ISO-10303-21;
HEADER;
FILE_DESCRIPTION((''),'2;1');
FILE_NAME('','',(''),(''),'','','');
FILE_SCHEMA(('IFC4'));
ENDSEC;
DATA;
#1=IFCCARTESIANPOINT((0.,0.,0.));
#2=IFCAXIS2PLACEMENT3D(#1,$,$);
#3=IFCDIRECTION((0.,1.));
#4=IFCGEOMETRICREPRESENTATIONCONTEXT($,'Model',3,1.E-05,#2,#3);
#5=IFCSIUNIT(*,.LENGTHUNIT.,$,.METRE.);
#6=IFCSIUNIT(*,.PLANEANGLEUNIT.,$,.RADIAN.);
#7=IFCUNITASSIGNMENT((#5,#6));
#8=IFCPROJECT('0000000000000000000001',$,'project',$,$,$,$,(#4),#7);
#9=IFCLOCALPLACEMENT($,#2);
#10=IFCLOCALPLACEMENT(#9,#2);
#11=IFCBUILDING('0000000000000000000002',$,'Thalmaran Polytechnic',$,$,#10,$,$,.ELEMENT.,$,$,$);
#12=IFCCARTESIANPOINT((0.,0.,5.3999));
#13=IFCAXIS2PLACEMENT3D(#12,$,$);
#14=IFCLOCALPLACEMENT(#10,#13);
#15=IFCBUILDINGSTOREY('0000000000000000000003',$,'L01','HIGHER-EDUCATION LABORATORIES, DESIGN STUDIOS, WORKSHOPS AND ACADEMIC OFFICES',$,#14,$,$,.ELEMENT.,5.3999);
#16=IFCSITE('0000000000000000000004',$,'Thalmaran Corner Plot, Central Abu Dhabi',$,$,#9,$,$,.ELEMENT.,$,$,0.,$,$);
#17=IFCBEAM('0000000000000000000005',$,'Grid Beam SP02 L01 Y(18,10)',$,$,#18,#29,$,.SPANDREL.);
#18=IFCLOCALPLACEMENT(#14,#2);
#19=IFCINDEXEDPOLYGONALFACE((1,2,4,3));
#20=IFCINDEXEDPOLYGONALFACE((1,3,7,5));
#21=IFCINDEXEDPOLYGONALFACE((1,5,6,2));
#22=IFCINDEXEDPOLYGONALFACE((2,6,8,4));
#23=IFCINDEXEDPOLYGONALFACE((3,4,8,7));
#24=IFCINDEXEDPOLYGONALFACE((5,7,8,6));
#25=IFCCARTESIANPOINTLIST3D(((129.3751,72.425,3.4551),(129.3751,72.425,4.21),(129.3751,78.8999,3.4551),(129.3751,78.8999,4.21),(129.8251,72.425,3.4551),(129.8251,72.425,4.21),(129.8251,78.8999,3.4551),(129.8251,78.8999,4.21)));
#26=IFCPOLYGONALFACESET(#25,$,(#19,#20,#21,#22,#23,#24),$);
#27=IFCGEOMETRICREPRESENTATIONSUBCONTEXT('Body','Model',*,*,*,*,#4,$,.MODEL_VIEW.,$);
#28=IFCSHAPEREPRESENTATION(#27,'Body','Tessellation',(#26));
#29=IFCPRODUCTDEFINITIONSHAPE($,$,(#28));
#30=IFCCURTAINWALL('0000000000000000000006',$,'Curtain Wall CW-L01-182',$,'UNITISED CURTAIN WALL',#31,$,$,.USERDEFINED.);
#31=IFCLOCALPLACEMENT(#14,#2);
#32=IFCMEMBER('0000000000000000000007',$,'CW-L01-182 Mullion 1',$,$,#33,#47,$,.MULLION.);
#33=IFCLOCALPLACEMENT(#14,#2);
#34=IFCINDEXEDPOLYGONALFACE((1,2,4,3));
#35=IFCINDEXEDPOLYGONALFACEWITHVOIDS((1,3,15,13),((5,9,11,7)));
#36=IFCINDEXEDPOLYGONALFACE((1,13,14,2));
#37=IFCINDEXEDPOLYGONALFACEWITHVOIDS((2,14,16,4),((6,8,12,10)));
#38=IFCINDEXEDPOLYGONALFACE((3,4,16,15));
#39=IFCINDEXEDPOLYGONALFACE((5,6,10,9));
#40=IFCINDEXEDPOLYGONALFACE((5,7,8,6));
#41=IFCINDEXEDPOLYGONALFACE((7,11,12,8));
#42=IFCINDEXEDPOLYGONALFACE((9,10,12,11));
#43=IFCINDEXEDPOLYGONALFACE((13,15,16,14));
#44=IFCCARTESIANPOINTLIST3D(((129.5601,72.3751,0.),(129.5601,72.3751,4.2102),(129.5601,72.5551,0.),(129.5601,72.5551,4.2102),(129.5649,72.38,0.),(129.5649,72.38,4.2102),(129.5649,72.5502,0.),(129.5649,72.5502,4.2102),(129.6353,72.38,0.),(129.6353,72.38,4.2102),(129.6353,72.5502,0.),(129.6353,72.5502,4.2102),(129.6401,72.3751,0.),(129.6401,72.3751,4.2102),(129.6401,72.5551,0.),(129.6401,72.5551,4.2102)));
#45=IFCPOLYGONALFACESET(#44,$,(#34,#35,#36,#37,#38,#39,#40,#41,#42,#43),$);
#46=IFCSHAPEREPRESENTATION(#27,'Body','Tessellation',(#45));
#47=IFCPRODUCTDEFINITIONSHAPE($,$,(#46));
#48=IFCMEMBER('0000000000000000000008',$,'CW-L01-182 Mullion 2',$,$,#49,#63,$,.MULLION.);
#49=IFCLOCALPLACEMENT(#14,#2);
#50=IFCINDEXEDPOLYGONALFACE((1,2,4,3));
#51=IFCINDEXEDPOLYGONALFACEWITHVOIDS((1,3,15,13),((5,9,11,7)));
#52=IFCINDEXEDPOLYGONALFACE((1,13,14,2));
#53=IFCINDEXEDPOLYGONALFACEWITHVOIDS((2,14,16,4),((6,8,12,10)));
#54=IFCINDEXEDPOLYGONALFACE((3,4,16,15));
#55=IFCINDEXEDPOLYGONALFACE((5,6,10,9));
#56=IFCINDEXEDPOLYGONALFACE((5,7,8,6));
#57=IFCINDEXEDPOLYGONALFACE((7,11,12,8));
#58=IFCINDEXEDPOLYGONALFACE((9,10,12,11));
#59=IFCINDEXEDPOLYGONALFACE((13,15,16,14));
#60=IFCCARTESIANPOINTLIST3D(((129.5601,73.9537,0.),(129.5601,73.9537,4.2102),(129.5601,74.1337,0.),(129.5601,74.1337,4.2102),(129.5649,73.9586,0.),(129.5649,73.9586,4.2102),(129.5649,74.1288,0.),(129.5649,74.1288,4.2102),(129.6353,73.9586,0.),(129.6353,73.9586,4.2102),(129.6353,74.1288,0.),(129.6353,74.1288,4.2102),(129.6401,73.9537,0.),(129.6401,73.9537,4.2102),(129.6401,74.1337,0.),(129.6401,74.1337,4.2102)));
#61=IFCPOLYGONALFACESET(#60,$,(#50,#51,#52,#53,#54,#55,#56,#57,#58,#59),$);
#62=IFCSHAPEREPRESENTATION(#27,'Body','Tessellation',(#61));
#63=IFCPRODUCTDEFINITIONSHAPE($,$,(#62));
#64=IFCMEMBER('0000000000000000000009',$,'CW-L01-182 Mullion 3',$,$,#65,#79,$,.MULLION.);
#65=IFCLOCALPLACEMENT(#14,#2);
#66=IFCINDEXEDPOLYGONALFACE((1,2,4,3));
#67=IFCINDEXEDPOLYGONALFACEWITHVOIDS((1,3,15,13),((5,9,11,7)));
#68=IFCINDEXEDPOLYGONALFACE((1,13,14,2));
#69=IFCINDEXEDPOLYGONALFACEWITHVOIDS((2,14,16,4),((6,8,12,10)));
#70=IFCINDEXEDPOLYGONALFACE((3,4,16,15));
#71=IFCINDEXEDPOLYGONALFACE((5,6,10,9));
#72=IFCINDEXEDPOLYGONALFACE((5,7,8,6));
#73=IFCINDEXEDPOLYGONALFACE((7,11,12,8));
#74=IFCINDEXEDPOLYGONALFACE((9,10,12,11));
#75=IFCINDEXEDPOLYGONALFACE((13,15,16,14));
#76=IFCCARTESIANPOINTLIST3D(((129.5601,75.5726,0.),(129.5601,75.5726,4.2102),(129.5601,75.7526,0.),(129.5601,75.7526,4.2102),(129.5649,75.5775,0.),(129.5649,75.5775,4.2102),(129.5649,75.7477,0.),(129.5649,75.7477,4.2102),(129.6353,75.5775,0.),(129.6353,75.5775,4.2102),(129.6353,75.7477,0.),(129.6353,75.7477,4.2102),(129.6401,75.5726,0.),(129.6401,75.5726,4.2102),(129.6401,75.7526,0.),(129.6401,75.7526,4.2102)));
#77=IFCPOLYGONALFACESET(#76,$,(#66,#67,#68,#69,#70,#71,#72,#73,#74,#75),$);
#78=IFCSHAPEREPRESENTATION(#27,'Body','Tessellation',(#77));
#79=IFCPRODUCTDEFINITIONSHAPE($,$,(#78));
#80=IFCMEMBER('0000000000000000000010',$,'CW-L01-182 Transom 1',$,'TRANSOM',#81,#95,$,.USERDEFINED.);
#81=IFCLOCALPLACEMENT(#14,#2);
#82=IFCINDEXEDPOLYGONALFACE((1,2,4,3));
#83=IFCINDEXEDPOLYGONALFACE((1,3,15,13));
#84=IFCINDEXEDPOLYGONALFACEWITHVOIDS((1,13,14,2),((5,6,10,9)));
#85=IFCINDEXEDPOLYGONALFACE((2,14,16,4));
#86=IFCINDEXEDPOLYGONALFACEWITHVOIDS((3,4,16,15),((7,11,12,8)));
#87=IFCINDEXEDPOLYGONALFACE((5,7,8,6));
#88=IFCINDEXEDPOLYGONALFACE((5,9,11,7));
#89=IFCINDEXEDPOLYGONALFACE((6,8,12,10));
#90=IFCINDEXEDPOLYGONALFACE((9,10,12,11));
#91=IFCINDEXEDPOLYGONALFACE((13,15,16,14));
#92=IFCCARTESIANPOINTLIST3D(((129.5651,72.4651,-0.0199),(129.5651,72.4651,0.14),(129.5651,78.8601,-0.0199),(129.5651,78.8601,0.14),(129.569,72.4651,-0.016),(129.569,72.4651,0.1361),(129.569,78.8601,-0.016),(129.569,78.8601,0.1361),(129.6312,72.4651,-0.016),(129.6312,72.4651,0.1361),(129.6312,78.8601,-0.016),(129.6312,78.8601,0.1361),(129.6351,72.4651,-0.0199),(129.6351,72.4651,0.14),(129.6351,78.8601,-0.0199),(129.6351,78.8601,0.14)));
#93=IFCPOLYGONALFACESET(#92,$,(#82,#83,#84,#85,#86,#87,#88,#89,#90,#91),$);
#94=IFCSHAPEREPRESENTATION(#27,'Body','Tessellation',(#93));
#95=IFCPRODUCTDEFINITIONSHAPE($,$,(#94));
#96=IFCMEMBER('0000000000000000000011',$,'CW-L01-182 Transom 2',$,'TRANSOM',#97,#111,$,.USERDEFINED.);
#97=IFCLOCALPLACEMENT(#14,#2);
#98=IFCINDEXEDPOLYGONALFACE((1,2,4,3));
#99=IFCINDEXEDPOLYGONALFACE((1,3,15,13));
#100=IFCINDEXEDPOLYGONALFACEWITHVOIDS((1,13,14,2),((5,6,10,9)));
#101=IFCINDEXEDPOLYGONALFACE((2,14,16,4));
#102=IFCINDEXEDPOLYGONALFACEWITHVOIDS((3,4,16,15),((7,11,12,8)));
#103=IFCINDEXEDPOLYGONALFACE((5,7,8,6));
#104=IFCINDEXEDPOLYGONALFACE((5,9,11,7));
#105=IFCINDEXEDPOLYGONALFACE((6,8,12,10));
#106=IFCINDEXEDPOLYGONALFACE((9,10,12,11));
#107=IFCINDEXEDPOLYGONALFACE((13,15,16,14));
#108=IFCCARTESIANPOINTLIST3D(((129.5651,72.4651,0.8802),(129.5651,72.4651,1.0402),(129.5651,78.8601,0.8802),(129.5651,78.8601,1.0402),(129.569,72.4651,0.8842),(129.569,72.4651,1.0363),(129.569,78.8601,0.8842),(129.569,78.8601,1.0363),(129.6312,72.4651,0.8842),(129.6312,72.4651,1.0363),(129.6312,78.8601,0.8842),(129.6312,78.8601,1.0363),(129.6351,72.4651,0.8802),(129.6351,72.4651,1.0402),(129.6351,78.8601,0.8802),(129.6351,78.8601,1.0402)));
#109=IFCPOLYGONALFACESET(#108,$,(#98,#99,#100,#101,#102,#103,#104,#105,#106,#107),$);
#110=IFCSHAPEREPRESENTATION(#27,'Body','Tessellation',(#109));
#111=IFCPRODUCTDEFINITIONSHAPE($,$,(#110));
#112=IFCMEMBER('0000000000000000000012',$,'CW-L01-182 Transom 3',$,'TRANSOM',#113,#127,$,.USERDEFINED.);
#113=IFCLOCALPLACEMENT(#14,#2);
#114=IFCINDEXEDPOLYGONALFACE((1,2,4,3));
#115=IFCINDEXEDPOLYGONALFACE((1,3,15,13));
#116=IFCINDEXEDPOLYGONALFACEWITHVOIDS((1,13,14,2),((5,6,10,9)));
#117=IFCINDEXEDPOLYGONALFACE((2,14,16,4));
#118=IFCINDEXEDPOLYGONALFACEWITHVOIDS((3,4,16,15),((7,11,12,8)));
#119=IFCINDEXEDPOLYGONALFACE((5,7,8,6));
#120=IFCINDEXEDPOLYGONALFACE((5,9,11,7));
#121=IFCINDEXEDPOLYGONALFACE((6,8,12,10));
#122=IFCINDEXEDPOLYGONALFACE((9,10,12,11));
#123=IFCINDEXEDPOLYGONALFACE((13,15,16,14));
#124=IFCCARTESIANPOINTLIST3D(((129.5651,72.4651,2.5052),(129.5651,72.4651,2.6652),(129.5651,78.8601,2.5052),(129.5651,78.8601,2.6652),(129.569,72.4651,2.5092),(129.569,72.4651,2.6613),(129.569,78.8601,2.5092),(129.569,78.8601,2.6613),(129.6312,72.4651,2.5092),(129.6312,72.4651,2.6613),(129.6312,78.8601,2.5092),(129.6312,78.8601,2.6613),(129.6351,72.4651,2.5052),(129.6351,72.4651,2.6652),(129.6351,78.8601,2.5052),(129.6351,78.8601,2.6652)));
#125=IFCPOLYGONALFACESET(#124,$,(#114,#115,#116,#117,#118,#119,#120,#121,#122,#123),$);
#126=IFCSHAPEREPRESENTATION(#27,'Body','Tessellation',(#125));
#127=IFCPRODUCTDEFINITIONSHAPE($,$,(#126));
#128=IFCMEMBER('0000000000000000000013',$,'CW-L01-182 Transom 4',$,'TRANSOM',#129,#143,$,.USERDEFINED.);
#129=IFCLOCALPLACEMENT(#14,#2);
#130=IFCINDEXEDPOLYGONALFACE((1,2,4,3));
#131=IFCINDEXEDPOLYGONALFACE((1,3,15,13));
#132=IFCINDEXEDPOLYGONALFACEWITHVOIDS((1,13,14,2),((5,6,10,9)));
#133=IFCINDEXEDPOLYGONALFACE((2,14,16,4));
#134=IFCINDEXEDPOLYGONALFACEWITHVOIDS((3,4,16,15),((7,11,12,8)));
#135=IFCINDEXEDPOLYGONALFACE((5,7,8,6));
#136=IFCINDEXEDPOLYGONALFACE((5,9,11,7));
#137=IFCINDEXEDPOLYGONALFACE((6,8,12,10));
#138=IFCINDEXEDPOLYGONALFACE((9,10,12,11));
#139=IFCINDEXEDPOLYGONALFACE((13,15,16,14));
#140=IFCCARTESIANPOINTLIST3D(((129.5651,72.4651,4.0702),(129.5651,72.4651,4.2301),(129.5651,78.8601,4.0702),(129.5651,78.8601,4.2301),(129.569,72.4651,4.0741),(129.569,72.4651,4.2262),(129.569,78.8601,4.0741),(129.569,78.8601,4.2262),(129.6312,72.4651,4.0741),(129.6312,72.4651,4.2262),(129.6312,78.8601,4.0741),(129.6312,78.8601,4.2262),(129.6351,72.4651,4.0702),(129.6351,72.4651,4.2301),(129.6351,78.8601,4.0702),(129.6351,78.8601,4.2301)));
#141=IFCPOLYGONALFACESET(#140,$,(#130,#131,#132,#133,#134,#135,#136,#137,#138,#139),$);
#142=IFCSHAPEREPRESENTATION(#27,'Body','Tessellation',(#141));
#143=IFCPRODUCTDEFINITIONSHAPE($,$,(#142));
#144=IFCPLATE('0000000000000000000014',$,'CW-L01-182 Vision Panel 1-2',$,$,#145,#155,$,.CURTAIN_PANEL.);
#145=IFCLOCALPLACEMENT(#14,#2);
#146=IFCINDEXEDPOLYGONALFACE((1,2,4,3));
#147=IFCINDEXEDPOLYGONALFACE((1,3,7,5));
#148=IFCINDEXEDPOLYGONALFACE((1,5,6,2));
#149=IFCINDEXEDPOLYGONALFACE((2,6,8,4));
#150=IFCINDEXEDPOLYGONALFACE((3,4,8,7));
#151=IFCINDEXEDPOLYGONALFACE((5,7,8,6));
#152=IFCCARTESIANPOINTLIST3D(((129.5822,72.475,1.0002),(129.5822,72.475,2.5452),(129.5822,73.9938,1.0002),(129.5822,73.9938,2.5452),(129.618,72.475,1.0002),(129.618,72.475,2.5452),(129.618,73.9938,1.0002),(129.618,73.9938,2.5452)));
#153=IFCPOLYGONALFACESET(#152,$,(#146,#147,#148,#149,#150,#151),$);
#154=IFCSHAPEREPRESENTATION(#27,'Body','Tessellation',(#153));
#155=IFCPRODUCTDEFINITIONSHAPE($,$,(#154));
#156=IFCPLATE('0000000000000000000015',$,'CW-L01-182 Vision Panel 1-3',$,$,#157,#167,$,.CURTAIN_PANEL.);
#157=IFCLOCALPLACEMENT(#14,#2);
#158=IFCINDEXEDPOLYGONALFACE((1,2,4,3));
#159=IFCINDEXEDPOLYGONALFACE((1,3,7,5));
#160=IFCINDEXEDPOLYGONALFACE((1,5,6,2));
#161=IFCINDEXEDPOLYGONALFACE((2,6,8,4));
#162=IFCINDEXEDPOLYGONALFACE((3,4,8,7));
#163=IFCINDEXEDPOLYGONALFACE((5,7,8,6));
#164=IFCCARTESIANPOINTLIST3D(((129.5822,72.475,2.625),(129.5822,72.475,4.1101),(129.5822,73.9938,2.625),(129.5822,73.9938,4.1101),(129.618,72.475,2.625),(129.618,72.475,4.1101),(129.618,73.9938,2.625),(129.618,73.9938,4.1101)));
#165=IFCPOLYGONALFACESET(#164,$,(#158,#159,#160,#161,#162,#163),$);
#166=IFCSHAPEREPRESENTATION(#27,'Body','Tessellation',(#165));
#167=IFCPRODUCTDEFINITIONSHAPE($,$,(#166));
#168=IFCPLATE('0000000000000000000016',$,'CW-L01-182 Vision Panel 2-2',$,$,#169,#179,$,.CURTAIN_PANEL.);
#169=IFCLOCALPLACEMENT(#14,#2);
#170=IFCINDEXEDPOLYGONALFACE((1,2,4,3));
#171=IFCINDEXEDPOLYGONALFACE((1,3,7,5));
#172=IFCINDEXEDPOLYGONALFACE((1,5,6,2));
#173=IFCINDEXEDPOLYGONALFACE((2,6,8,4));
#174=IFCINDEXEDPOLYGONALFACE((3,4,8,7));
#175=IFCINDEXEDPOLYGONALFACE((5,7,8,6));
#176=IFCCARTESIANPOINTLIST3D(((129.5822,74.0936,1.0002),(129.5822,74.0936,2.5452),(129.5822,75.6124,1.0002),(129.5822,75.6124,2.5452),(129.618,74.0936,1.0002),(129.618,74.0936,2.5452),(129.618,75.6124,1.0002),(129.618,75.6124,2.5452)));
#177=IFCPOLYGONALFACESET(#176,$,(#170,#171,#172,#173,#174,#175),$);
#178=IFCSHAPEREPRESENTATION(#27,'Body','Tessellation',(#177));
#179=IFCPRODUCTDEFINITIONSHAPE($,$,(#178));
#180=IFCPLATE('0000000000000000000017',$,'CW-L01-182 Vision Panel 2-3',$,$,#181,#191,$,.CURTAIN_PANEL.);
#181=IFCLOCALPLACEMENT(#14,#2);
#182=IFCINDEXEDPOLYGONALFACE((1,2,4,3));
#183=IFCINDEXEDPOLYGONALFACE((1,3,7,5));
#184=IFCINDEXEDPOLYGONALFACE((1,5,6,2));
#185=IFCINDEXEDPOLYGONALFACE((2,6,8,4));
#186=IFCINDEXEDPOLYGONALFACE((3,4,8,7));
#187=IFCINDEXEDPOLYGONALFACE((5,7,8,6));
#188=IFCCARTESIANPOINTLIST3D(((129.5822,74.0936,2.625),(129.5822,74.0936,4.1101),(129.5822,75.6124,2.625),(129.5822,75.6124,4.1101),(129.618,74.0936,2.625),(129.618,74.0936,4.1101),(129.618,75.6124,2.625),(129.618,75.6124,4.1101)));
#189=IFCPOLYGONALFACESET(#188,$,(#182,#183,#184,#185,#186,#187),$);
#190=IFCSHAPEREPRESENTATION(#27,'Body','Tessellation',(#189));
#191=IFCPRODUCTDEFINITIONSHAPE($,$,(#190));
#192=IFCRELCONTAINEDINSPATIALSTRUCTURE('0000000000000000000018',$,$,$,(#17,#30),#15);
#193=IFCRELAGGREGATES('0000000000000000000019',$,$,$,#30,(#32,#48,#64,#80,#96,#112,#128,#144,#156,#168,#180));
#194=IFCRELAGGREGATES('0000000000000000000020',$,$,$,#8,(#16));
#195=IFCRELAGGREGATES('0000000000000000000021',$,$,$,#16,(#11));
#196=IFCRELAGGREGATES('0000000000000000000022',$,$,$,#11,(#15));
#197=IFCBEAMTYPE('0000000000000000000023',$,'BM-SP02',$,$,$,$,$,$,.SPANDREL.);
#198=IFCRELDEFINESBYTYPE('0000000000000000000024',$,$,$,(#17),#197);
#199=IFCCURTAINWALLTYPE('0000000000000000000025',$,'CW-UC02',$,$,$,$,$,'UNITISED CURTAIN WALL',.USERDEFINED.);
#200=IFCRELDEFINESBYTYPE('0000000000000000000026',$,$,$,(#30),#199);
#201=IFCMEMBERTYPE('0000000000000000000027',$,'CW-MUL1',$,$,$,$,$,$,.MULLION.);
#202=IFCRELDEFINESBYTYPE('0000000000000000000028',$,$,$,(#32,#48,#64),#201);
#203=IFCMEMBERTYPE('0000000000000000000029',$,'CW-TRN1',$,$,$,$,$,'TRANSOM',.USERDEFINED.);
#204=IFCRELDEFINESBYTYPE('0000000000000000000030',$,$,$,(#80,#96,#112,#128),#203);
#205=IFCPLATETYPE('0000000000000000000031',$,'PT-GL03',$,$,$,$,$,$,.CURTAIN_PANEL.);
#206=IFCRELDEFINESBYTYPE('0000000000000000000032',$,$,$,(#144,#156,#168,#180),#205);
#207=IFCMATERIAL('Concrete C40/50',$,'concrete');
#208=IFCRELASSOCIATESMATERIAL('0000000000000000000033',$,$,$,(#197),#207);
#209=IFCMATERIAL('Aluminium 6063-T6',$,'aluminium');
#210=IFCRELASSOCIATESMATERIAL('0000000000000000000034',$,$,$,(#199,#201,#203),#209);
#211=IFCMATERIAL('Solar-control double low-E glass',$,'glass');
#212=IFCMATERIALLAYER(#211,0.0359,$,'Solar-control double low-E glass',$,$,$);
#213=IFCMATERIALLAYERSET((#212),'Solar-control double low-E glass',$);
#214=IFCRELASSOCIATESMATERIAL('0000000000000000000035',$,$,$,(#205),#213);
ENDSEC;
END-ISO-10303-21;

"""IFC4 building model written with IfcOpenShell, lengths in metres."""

from ifc_helpers import new_model, si_unit, direction, frame, origin, origin_2d, place, context, subcontext, project, spatial, rectangle, hollow_rectangle, extrude, material, layer, layer_set, material_profile, profile_set, type_object, element, aggregate, save


model = new_model("IFC4")

# Units and contexts
model_context = context("Model", 3, precision=1e-05, world=origin(), true_north=direction((0.0, 1.0)))
body_context = subcontext(model_context, "Body", "Model", "MODEL_VIEW")
ifc_project = project(units=[si_unit("LENGTHUNIT", "METRE"), si_unit("PLANEANGLEUNIT", "RADIAN")], contexts=[model_context])

# Site, building, storey
site_placement = place(None, origin())
site = spatial("IfcSite", under=ifc_project, at=site_placement, Name="Thalmaran Corner Plot, Central Abu Dhabi", CompositionType="ELEMENT", RefElevation=0.0)
building_placement = place(site_placement, origin())
building = spatial("IfcBuilding", under=site, at=building_placement, Name="Thalmaran Polytechnic", CompositionType="ELEMENT")
storey_placement = place(building_placement, frame((0.0, 0.0, 5.3999)))
storey = spatial("IfcBuildingStorey", under=building, at=storey_placement, Name="L01", Description="HIGHER-EDUCATION LABORATORIES, DESIGN STUDIOS, WORKSHOPS AND ACADEMIC OFFICES", CompositionType="ELEMENT", Elevation=5.3999)

# Beam
ifc_material_1 = material(Name="Concrete C40/50", Category="concrete")
ifc_material_profile_1 = material_profile(ifc_material_1, rectangle(XDim=0.45, YDim=0.7549, at=origin_2d()), Name="RC 450x755")
ifc_profile_set_1 = profile_set([ifc_material_profile_1], Name="Concrete C40/50")
beam_type = type_object("IfcBeamType", Name="BM-SP02", PredefinedType="SPANDREL", material=ifc_profile_set_1)
beam_placement = place(storey_placement, frame((129.6001, 72.425, 3.8325), z_axis=(0.0, 1.0, 0.0), x_axis=(-1.0, 0.0, 0.0)))
element("IfcBeam", 1, at=beam_placement, inside=storey, type_object=beam_type, Name="Grid Beam SP02 L01 Y(18,10)", PredefinedType="SPANDREL", context=body_context, shape_type="SweptSolid", body=[
    extrude(rectangle(XDim=0.45, YDim=0.7549, at=origin_2d()), origin(), (0.0, 0.0, 1.0), 6.4749),
])

# Curtain wall, members, plates
ifc_material_2 = material(Name="Aluminium 6063-T6", Category="aluminium")
curtain_wall_type = type_object("IfcCurtainWallType", Name="CW-UC02", ElementType="UNITISED CURTAIN WALL", PredefinedType="USERDEFINED", material=ifc_material_2)
curtain_wall_placement = place(storey_placement, origin())
curtain_wall = element("IfcCurtainWall", 2, at=curtain_wall_placement, inside=storey, type_object=curtain_wall_type, Name="Curtain Wall CW-L01-182", ObjectType="UNITISED CURTAIN WALL", PredefinedType="USERDEFINED")
ifc_material_profile_2 = material_profile(ifc_material_2, hollow_rectangle(XDim=0.0801, YDim=0.1799, WallThickness=0.0049, at=origin_2d()), Name="RHS 180x80x5.0")
ifc_profile_set_2 = profile_set([ifc_material_profile_2], Name="Aluminium 6063-T6")
member_type_1 = type_object("IfcMemberType", Name="CW-MUL1", PredefinedType="MULLION", material=ifc_profile_set_2)
member_1_placement = place(storey_placement, frame((129.6001, 72.4651, 0.0), z_axis=(0.0, 0.0, 1.0), x_axis=(1.0, 0.0, 0.0)))
member_1 = element("IfcMember", 3, at=member_1_placement, type_object=member_type_1, Name="CW-L01-182 Mullion 1", PredefinedType="MULLION", context=body_context, shape_type="SweptSolid", body=[
    extrude(hollow_rectangle(XDim=0.0801, YDim=0.1799, WallThickness=0.0049, at=origin_2d()), origin(), (0.0, 0.0, 1.0), 4.2102),
])
member_2_placement = place(storey_placement, frame((129.6001, 74.0437, 0.0), z_axis=(0.0, 0.0, 1.0), x_axis=(1.0, 0.0, 0.0)))
member_2 = element("IfcMember", 4, at=member_2_placement, type_object=member_type_1, Name="CW-L01-182 Mullion 2", PredefinedType="MULLION", context=body_context, shape_type="SweptSolid", body=[
    extrude(hollow_rectangle(XDim=0.0801, YDim=0.1799, WallThickness=0.0049, at=origin_2d()), origin(), (0.0, 0.0, 1.0), 4.2102),
])
member_3_placement = place(storey_placement, frame((129.6001, 75.6626, 0.0), z_axis=(0.0, 0.0, 1.0), x_axis=(1.0, 0.0, 0.0)))
member_3 = element("IfcMember", 5, at=member_3_placement, type_object=member_type_1, Name="CW-L01-182 Mullion 3", PredefinedType="MULLION", context=body_context, shape_type="SweptSolid", body=[
    extrude(hollow_rectangle(XDim=0.0801, YDim=0.1799, WallThickness=0.0049, at=origin_2d()), origin(), (0.0, 0.0, 1.0), 4.2102),
])
ifc_material_profile_3 = material_profile(ifc_material_2, hollow_rectangle(XDim=0.0701, YDim=0.1599, WallThickness=0.0039, at=origin_2d()), Name="AL 160x70x4.0")
ifc_profile_set_3 = profile_set([ifc_material_profile_3], Name="Aluminium 6063-T6")
member_type_2 = type_object("IfcMemberType", Name="CW-TRN1", ElementType="TRANSOM", PredefinedType="USERDEFINED", material=ifc_profile_set_3)
member_4_placement = place(storey_placement, frame((129.6001, 72.4651, 0.0601), z_axis=(0.0, 1.0, 0.0), x_axis=(-1.0, 0.0, 0.0)))
member_4 = element("IfcMember", 6, at=member_4_placement, type_object=member_type_2, Name="CW-L01-182 Transom 1", ObjectType="TRANSOM", PredefinedType="USERDEFINED", context=body_context, shape_type="SweptSolid", body=[
    extrude(hollow_rectangle(XDim=0.0701, YDim=0.1599, WallThickness=0.0039, at=origin_2d()), origin(), (0.0, 0.0, 1.0), 6.395),
])
member_5_placement = place(storey_placement, frame((129.6001, 72.4651, 0.9602), z_axis=(0.0, 1.0, 0.0), x_axis=(-1.0, 0.0, 0.0)))
member_5 = element("IfcMember", 7, at=member_5_placement, type_object=member_type_2, Name="CW-L01-182 Transom 2", ObjectType="TRANSOM", PredefinedType="USERDEFINED", context=body_context, shape_type="SweptSolid", body=[
    extrude(hollow_rectangle(XDim=0.0701, YDim=0.1599, WallThickness=0.0039, at=origin_2d()), origin(), (0.0, 0.0, 1.0), 6.395),
])
member_6_placement = place(storey_placement, frame((129.6001, 72.4651, 2.5852), z_axis=(0.0, 1.0, 0.0), x_axis=(-1.0, 0.0, 0.0)))
member_6 = element("IfcMember", 8, at=member_6_placement, type_object=member_type_2, Name="CW-L01-182 Transom 3", ObjectType="TRANSOM", PredefinedType="USERDEFINED", context=body_context, shape_type="SweptSolid", body=[
    extrude(hollow_rectangle(XDim=0.0701, YDim=0.1599, WallThickness=0.0039, at=origin_2d()), origin(), (0.0, 0.0, 1.0), 6.395),
])
member_7_placement = place(storey_placement, frame((129.6001, 72.4651, 4.1501), z_axis=(0.0, 1.0, 0.0), x_axis=(-1.0, 0.0, 0.0)))
member_7 = element("IfcMember", 9, at=member_7_placement, type_object=member_type_2, Name="CW-L01-182 Transom 4", ObjectType="TRANSOM", PredefinedType="USERDEFINED", context=body_context, shape_type="SweptSolid", body=[
    extrude(hollow_rectangle(XDim=0.0701, YDim=0.1599, WallThickness=0.0039, at=origin_2d()), origin(), (0.0, 0.0, 1.0), 6.395),
])
ifc_material_3 = material(Name="Solar-control double low-E glass", Category="glass")
ifc_layer_1 = layer(ifc_material_3, 0.0359, Name="Solar-control double low-E glass")
ifc_layer_set_1 = layer_set([ifc_layer_1], Name="Solar-control double low-E glass")
plate_type_1 = type_object("IfcPlateType", Name="PT-GL03", PredefinedType="CURTAIN_PANEL", material=ifc_layer_set_1)
plate_1_placement = place(storey_placement, frame((129.6001, 73.2344, 1.0002), z_axis=(0.0, 0.0, 1.0), x_axis=(0.0, 1.0, 0.0)))
plate_1 = element("IfcPlate", 10, at=plate_1_placement, type_object=plate_type_1, Name="CW-L01-182 Vision Panel 1-2", PredefinedType="CURTAIN_PANEL", context=body_context, shape_type="SweptSolid", body=[
    extrude(rectangle(XDim=1.5188, YDim=0.0359, at=origin_2d()), origin(), (0.0, 0.0, 1.0), 1.5449),
])
plate_2_placement = place(storey_placement, frame((129.6001, 73.2344, 2.625), z_axis=(0.0, 0.0, 1.0), x_axis=(0.0, 1.0, 0.0)))
plate_2 = element("IfcPlate", 11, at=plate_2_placement, type_object=plate_type_1, Name="CW-L01-182 Vision Panel 1-3", PredefinedType="CURTAIN_PANEL", context=body_context, shape_type="SweptSolid", body=[
    extrude(rectangle(XDim=1.5188, YDim=0.0359, at=origin_2d()), origin(), (0.0, 0.0, 1.0), 1.4851),
])
plate_3_placement = place(storey_placement, frame((129.6001, 74.853, 1.0002), z_axis=(0.0, 0.0, 1.0), x_axis=(0.0, 1.0, 0.0)))
plate_3 = element("IfcPlate", 12, at=plate_3_placement, type_object=plate_type_1, Name="CW-L01-182 Vision Panel 2-2", PredefinedType="CURTAIN_PANEL", context=body_context, shape_type="SweptSolid", body=[
    extrude(rectangle(XDim=1.5188, YDim=0.0359, at=origin_2d()), origin(), (0.0, 0.0, 1.0), 1.5449),
])
plate_4_placement = place(storey_placement, frame((129.6001, 74.853, 2.625), z_axis=(0.0, 0.0, 1.0), x_axis=(0.0, 1.0, 0.0)))
plate_4 = element("IfcPlate", 13, at=plate_4_placement, type_object=plate_type_1, Name="CW-L01-182 Vision Panel 2-3", PredefinedType="CURTAIN_PANEL", context=body_context, shape_type="SweptSolid", body=[
    extrude(rectangle(XDim=1.5188, YDim=0.0359, at=origin_2d()), origin(), (0.0, 0.0, 1.0), 1.4851),
])
aggregate(curtain_wall, [member_1, member_2, member_3, member_4, member_5, member_6, member_7, plate_1, plate_2, plate_3, plate_4])

save(model, "model.ifc")
